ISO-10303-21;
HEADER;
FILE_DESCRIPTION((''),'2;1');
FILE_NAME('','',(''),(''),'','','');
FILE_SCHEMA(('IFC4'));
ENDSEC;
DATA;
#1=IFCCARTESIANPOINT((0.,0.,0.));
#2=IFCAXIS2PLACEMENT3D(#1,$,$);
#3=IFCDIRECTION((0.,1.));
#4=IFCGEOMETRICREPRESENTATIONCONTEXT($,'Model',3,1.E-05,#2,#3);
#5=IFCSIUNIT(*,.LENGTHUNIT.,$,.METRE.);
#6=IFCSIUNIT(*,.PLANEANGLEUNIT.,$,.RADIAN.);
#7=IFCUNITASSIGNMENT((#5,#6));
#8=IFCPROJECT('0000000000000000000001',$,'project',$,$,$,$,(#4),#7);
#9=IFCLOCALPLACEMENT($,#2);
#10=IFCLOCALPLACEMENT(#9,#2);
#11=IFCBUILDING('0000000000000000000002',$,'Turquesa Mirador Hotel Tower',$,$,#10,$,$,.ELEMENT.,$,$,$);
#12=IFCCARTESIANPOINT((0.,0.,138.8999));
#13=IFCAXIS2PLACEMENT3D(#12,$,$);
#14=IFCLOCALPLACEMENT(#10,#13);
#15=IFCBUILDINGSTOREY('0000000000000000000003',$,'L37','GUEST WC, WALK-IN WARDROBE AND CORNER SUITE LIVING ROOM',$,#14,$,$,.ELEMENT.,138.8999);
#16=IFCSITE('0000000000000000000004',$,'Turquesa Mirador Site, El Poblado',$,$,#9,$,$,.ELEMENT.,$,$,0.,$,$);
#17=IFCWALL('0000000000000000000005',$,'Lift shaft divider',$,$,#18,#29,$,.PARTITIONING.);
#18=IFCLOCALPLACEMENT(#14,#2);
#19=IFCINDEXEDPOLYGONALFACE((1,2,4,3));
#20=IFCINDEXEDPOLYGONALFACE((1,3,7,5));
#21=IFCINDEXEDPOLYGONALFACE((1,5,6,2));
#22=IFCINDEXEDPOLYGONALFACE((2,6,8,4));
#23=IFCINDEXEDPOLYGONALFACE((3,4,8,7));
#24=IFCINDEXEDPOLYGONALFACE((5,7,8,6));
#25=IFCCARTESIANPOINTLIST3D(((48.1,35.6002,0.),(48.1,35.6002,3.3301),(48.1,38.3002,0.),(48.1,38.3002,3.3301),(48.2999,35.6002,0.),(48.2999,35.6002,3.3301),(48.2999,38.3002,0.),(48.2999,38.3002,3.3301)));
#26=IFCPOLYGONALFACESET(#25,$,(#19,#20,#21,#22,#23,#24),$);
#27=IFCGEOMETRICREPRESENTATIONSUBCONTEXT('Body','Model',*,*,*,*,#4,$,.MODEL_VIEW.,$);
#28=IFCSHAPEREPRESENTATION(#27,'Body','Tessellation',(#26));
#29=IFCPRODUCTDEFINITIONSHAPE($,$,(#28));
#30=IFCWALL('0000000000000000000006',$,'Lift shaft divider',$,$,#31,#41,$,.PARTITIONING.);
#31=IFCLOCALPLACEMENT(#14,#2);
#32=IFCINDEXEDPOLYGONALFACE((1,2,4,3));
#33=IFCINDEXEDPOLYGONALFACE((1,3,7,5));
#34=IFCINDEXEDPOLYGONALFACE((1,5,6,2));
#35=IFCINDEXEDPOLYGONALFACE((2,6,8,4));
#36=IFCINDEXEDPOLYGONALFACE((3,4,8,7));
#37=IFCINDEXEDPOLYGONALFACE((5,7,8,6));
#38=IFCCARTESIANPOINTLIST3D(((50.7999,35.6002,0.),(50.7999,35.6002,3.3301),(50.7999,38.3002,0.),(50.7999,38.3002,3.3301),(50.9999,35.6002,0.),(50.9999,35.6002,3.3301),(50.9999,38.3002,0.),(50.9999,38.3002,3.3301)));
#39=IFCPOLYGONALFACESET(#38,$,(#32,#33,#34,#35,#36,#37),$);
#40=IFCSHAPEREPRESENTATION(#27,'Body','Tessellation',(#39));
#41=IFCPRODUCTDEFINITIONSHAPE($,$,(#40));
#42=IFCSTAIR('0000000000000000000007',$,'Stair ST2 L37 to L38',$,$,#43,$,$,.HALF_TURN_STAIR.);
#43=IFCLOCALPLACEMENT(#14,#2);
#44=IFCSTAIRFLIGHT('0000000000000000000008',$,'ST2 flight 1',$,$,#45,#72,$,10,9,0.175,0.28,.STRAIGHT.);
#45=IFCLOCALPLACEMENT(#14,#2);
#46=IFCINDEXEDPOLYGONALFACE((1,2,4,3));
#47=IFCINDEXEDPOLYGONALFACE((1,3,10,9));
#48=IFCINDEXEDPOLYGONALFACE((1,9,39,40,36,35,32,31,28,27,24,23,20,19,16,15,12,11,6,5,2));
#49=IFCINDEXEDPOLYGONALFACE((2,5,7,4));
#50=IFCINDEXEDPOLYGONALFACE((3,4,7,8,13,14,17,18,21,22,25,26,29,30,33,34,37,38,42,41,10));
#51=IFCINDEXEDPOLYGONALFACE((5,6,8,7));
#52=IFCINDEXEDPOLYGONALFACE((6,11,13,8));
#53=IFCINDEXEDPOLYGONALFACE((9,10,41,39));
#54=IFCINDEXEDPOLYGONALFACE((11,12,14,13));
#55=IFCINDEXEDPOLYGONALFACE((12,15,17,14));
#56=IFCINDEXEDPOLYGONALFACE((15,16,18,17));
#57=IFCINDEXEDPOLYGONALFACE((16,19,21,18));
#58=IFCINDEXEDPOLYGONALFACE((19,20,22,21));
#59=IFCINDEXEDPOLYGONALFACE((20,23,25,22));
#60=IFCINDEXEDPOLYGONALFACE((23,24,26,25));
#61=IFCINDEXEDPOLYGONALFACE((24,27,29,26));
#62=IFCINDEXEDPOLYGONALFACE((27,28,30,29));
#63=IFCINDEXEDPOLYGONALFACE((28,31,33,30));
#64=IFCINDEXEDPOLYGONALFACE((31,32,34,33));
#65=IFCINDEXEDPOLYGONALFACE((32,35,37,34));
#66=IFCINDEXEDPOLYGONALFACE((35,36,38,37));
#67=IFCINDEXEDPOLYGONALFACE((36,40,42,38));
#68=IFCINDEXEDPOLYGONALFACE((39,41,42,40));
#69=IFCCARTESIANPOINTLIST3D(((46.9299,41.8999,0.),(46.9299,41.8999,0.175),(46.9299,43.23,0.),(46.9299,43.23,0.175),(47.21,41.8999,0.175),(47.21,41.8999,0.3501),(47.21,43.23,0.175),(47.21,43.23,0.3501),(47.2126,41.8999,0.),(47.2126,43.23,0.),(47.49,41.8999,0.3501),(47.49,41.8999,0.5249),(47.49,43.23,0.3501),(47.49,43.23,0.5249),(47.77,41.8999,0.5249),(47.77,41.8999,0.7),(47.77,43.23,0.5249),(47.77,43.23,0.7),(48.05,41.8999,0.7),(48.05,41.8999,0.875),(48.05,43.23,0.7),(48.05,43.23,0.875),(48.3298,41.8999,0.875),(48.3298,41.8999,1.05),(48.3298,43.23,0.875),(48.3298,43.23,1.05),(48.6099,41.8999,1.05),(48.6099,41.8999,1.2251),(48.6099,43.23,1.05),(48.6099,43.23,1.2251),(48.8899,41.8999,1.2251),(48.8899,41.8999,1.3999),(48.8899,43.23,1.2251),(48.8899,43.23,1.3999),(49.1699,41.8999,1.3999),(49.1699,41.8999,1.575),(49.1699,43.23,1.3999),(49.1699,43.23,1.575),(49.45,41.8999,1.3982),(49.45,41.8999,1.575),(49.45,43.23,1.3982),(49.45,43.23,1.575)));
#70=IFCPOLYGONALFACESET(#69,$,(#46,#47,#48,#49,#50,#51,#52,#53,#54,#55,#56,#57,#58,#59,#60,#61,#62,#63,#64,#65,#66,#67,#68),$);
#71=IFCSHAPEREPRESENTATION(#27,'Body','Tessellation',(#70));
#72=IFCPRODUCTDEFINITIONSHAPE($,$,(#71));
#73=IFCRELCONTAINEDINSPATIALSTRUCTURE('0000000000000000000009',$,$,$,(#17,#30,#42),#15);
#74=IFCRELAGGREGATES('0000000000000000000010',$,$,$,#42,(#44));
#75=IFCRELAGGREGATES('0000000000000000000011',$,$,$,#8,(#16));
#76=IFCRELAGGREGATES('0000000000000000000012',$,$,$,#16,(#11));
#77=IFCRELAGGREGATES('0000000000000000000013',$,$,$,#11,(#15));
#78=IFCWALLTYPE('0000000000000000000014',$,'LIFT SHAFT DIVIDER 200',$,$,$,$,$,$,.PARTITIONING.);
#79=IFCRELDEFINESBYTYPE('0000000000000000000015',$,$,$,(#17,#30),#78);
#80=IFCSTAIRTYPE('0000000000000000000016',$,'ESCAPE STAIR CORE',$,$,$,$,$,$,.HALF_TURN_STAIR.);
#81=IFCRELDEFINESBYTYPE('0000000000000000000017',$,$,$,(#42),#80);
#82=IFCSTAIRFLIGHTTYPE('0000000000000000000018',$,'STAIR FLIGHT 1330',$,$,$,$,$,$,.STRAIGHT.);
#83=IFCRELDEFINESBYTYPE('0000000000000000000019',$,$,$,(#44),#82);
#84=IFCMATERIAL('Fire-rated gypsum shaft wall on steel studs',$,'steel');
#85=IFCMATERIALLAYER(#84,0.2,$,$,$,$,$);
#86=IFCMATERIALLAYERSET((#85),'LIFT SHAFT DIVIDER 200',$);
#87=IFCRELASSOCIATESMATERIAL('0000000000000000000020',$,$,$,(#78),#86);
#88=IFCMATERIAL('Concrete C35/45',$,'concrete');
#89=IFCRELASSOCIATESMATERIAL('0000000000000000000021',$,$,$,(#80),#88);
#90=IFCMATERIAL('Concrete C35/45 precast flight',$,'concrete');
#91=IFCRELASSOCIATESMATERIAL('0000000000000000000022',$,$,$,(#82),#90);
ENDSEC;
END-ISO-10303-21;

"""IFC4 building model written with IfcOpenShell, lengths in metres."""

from ifc_helpers import new_model, si_unit, direction, frame, frame_2d, origin, place, context, subcontext, project, spatial, polyline, rectangle, outline, extrude, material, layer, layer_set, type_object, element, aggregate, save


model = new_model("IFC4")

# Units and contexts
model_context = context("Model", 3, precision=1e-05, world=origin(), true_north=direction((0.0, 1.0)))
body_context = subcontext(model_context, "Body", "Model", "MODEL_VIEW")
ifc_project = project(units=[si_unit("LENGTHUNIT", "METRE"), si_unit("PLANEANGLEUNIT", "RADIAN")], contexts=[model_context])

# Site, building, storey
site_placement = place(None, origin())
site = spatial("IfcSite", under=ifc_project, at=site_placement, Name="Turquesa Mirador Site, El Poblado", CompositionType="ELEMENT", RefElevation=0.0)
building_placement = place(site_placement, origin())
building = spatial("IfcBuilding", under=site, at=building_placement, Name="Turquesa Mirador Hotel Tower", CompositionType="ELEMENT")
storey_placement = place(building_placement, frame((0.0, 0.0, 138.8999)))
storey = spatial("IfcBuildingStorey", under=building, at=storey_placement, Name="L37", Description="GUEST WC, WALK-IN WARDROBE AND CORNER SUITE LIVING ROOM", CompositionType="ELEMENT", Elevation=138.8999)

# Walls
ifc_material_1 = material(Name="Fire-rated gypsum shaft wall on steel studs", Category="steel")
ifc_layer_1 = layer(ifc_material_1, 0.2)
ifc_layer_set_1 = layer_set([ifc_layer_1], Name="LIFT SHAFT DIVIDER 200")
wall_type_1 = type_object("IfcWallType", Name="LIFT SHAFT DIVIDER 200", PredefinedType="PARTITIONING", material=ifc_layer_set_1)
for number, where, z_axis, x_axis, name in (
    (1, (48.2, 35.6001, 0.0), (0.0, 0.0, 1.0), (0.0, 1.0, 0.0), "Lift shaft divider"),
    (2, (50.8999, 35.6001, 0.0), (0.0, 0.0, 1.0), (0.0, 1.0, 0.0), "Lift shaft divider"),
):
    element("IfcWall", number, at=place(storey_placement, frame(where, z_axis=z_axis, x_axis=x_axis)), inside=storey, type_object=wall_type_1, Name=name, PredefinedType="PARTITIONING", context=body_context, shape_type="SweptSolid", body=[
        extrude(rectangle(XDim=2.7, YDim=0.2, at=frame_2d((1.3501, 0.0))), origin(), (0.0, 0.0, 1.0), 3.3301),
    ])

# Stair, stair flight
ifc_material_2 = material(Name="Concrete C35/45", Category="concrete")
stair_type = type_object("IfcStairType", Name="ESCAPE STAIR CORE", PredefinedType="HALF_TURN_STAIR", material=ifc_material_2)
stair_placement = place(storey_placement, origin())
stair = element("IfcStair", 3, at=stair_placement, inside=storey, type_object=stair_type, Name="Stair ST2 L37 to L38", PredefinedType="HALF_TURN_STAIR")
ifc_material_3 = material(Name="Concrete C35/45 precast flight", Category="concrete")
stair_flight_type = type_object("IfcStairFlightType", Name="STAIR FLIGHT 1330", PredefinedType="STRAIGHT", material=ifc_material_3)
stair_flight_placement = place(storey_placement, frame((46.9299, 42.5649, 0.0), z_axis=(0.0, 0.0, 1.0), x_axis=(1.0, 0.0, 0.0)))
stair_flight = element("IfcStairFlight", 4, at=stair_flight_placement, type_object=stair_flight_type, Name="ST2 flight 1", NumberOfRisers=10, NumberOfTreads=9, PredefinedType="STRAIGHT", RiserHeight=0.175, TreadLength=0.28, context=body_context, shape_type="SweptSolid", body=[
    extrude(outline(polyline([(0.0, 0.0), (0.0, 0.175), (0.28, 0.175), (0.28, 0.3501), (0.5601, 0.3501), (0.5601, 0.5249), (0.8401, 0.5249), (0.8401, 0.7), (1.1201, 0.7), (1.1201, 0.875), (1.3999, 0.875), (1.3999, 1.05), (1.6799, 1.05), (1.6799, 1.2251), (1.96, 1.2251), (1.96, 1.3999), (2.24, 1.3999), (2.24, 1.575), (2.52, 1.575), (2.52, 1.75), (2.52, 1.3982), (0.2827, 0.0), (0.0, 0.0)])), frame((0.0, 0.665, 0.0), z_axis=(0.0, -1.0, 0.0), x_axis=(1.0, 0.0, 0.0)), (0.0, 0.0, 1.0), 1.3301),
])
aggregate(stair, [stair_flight])

save(model, "model.ifc")
